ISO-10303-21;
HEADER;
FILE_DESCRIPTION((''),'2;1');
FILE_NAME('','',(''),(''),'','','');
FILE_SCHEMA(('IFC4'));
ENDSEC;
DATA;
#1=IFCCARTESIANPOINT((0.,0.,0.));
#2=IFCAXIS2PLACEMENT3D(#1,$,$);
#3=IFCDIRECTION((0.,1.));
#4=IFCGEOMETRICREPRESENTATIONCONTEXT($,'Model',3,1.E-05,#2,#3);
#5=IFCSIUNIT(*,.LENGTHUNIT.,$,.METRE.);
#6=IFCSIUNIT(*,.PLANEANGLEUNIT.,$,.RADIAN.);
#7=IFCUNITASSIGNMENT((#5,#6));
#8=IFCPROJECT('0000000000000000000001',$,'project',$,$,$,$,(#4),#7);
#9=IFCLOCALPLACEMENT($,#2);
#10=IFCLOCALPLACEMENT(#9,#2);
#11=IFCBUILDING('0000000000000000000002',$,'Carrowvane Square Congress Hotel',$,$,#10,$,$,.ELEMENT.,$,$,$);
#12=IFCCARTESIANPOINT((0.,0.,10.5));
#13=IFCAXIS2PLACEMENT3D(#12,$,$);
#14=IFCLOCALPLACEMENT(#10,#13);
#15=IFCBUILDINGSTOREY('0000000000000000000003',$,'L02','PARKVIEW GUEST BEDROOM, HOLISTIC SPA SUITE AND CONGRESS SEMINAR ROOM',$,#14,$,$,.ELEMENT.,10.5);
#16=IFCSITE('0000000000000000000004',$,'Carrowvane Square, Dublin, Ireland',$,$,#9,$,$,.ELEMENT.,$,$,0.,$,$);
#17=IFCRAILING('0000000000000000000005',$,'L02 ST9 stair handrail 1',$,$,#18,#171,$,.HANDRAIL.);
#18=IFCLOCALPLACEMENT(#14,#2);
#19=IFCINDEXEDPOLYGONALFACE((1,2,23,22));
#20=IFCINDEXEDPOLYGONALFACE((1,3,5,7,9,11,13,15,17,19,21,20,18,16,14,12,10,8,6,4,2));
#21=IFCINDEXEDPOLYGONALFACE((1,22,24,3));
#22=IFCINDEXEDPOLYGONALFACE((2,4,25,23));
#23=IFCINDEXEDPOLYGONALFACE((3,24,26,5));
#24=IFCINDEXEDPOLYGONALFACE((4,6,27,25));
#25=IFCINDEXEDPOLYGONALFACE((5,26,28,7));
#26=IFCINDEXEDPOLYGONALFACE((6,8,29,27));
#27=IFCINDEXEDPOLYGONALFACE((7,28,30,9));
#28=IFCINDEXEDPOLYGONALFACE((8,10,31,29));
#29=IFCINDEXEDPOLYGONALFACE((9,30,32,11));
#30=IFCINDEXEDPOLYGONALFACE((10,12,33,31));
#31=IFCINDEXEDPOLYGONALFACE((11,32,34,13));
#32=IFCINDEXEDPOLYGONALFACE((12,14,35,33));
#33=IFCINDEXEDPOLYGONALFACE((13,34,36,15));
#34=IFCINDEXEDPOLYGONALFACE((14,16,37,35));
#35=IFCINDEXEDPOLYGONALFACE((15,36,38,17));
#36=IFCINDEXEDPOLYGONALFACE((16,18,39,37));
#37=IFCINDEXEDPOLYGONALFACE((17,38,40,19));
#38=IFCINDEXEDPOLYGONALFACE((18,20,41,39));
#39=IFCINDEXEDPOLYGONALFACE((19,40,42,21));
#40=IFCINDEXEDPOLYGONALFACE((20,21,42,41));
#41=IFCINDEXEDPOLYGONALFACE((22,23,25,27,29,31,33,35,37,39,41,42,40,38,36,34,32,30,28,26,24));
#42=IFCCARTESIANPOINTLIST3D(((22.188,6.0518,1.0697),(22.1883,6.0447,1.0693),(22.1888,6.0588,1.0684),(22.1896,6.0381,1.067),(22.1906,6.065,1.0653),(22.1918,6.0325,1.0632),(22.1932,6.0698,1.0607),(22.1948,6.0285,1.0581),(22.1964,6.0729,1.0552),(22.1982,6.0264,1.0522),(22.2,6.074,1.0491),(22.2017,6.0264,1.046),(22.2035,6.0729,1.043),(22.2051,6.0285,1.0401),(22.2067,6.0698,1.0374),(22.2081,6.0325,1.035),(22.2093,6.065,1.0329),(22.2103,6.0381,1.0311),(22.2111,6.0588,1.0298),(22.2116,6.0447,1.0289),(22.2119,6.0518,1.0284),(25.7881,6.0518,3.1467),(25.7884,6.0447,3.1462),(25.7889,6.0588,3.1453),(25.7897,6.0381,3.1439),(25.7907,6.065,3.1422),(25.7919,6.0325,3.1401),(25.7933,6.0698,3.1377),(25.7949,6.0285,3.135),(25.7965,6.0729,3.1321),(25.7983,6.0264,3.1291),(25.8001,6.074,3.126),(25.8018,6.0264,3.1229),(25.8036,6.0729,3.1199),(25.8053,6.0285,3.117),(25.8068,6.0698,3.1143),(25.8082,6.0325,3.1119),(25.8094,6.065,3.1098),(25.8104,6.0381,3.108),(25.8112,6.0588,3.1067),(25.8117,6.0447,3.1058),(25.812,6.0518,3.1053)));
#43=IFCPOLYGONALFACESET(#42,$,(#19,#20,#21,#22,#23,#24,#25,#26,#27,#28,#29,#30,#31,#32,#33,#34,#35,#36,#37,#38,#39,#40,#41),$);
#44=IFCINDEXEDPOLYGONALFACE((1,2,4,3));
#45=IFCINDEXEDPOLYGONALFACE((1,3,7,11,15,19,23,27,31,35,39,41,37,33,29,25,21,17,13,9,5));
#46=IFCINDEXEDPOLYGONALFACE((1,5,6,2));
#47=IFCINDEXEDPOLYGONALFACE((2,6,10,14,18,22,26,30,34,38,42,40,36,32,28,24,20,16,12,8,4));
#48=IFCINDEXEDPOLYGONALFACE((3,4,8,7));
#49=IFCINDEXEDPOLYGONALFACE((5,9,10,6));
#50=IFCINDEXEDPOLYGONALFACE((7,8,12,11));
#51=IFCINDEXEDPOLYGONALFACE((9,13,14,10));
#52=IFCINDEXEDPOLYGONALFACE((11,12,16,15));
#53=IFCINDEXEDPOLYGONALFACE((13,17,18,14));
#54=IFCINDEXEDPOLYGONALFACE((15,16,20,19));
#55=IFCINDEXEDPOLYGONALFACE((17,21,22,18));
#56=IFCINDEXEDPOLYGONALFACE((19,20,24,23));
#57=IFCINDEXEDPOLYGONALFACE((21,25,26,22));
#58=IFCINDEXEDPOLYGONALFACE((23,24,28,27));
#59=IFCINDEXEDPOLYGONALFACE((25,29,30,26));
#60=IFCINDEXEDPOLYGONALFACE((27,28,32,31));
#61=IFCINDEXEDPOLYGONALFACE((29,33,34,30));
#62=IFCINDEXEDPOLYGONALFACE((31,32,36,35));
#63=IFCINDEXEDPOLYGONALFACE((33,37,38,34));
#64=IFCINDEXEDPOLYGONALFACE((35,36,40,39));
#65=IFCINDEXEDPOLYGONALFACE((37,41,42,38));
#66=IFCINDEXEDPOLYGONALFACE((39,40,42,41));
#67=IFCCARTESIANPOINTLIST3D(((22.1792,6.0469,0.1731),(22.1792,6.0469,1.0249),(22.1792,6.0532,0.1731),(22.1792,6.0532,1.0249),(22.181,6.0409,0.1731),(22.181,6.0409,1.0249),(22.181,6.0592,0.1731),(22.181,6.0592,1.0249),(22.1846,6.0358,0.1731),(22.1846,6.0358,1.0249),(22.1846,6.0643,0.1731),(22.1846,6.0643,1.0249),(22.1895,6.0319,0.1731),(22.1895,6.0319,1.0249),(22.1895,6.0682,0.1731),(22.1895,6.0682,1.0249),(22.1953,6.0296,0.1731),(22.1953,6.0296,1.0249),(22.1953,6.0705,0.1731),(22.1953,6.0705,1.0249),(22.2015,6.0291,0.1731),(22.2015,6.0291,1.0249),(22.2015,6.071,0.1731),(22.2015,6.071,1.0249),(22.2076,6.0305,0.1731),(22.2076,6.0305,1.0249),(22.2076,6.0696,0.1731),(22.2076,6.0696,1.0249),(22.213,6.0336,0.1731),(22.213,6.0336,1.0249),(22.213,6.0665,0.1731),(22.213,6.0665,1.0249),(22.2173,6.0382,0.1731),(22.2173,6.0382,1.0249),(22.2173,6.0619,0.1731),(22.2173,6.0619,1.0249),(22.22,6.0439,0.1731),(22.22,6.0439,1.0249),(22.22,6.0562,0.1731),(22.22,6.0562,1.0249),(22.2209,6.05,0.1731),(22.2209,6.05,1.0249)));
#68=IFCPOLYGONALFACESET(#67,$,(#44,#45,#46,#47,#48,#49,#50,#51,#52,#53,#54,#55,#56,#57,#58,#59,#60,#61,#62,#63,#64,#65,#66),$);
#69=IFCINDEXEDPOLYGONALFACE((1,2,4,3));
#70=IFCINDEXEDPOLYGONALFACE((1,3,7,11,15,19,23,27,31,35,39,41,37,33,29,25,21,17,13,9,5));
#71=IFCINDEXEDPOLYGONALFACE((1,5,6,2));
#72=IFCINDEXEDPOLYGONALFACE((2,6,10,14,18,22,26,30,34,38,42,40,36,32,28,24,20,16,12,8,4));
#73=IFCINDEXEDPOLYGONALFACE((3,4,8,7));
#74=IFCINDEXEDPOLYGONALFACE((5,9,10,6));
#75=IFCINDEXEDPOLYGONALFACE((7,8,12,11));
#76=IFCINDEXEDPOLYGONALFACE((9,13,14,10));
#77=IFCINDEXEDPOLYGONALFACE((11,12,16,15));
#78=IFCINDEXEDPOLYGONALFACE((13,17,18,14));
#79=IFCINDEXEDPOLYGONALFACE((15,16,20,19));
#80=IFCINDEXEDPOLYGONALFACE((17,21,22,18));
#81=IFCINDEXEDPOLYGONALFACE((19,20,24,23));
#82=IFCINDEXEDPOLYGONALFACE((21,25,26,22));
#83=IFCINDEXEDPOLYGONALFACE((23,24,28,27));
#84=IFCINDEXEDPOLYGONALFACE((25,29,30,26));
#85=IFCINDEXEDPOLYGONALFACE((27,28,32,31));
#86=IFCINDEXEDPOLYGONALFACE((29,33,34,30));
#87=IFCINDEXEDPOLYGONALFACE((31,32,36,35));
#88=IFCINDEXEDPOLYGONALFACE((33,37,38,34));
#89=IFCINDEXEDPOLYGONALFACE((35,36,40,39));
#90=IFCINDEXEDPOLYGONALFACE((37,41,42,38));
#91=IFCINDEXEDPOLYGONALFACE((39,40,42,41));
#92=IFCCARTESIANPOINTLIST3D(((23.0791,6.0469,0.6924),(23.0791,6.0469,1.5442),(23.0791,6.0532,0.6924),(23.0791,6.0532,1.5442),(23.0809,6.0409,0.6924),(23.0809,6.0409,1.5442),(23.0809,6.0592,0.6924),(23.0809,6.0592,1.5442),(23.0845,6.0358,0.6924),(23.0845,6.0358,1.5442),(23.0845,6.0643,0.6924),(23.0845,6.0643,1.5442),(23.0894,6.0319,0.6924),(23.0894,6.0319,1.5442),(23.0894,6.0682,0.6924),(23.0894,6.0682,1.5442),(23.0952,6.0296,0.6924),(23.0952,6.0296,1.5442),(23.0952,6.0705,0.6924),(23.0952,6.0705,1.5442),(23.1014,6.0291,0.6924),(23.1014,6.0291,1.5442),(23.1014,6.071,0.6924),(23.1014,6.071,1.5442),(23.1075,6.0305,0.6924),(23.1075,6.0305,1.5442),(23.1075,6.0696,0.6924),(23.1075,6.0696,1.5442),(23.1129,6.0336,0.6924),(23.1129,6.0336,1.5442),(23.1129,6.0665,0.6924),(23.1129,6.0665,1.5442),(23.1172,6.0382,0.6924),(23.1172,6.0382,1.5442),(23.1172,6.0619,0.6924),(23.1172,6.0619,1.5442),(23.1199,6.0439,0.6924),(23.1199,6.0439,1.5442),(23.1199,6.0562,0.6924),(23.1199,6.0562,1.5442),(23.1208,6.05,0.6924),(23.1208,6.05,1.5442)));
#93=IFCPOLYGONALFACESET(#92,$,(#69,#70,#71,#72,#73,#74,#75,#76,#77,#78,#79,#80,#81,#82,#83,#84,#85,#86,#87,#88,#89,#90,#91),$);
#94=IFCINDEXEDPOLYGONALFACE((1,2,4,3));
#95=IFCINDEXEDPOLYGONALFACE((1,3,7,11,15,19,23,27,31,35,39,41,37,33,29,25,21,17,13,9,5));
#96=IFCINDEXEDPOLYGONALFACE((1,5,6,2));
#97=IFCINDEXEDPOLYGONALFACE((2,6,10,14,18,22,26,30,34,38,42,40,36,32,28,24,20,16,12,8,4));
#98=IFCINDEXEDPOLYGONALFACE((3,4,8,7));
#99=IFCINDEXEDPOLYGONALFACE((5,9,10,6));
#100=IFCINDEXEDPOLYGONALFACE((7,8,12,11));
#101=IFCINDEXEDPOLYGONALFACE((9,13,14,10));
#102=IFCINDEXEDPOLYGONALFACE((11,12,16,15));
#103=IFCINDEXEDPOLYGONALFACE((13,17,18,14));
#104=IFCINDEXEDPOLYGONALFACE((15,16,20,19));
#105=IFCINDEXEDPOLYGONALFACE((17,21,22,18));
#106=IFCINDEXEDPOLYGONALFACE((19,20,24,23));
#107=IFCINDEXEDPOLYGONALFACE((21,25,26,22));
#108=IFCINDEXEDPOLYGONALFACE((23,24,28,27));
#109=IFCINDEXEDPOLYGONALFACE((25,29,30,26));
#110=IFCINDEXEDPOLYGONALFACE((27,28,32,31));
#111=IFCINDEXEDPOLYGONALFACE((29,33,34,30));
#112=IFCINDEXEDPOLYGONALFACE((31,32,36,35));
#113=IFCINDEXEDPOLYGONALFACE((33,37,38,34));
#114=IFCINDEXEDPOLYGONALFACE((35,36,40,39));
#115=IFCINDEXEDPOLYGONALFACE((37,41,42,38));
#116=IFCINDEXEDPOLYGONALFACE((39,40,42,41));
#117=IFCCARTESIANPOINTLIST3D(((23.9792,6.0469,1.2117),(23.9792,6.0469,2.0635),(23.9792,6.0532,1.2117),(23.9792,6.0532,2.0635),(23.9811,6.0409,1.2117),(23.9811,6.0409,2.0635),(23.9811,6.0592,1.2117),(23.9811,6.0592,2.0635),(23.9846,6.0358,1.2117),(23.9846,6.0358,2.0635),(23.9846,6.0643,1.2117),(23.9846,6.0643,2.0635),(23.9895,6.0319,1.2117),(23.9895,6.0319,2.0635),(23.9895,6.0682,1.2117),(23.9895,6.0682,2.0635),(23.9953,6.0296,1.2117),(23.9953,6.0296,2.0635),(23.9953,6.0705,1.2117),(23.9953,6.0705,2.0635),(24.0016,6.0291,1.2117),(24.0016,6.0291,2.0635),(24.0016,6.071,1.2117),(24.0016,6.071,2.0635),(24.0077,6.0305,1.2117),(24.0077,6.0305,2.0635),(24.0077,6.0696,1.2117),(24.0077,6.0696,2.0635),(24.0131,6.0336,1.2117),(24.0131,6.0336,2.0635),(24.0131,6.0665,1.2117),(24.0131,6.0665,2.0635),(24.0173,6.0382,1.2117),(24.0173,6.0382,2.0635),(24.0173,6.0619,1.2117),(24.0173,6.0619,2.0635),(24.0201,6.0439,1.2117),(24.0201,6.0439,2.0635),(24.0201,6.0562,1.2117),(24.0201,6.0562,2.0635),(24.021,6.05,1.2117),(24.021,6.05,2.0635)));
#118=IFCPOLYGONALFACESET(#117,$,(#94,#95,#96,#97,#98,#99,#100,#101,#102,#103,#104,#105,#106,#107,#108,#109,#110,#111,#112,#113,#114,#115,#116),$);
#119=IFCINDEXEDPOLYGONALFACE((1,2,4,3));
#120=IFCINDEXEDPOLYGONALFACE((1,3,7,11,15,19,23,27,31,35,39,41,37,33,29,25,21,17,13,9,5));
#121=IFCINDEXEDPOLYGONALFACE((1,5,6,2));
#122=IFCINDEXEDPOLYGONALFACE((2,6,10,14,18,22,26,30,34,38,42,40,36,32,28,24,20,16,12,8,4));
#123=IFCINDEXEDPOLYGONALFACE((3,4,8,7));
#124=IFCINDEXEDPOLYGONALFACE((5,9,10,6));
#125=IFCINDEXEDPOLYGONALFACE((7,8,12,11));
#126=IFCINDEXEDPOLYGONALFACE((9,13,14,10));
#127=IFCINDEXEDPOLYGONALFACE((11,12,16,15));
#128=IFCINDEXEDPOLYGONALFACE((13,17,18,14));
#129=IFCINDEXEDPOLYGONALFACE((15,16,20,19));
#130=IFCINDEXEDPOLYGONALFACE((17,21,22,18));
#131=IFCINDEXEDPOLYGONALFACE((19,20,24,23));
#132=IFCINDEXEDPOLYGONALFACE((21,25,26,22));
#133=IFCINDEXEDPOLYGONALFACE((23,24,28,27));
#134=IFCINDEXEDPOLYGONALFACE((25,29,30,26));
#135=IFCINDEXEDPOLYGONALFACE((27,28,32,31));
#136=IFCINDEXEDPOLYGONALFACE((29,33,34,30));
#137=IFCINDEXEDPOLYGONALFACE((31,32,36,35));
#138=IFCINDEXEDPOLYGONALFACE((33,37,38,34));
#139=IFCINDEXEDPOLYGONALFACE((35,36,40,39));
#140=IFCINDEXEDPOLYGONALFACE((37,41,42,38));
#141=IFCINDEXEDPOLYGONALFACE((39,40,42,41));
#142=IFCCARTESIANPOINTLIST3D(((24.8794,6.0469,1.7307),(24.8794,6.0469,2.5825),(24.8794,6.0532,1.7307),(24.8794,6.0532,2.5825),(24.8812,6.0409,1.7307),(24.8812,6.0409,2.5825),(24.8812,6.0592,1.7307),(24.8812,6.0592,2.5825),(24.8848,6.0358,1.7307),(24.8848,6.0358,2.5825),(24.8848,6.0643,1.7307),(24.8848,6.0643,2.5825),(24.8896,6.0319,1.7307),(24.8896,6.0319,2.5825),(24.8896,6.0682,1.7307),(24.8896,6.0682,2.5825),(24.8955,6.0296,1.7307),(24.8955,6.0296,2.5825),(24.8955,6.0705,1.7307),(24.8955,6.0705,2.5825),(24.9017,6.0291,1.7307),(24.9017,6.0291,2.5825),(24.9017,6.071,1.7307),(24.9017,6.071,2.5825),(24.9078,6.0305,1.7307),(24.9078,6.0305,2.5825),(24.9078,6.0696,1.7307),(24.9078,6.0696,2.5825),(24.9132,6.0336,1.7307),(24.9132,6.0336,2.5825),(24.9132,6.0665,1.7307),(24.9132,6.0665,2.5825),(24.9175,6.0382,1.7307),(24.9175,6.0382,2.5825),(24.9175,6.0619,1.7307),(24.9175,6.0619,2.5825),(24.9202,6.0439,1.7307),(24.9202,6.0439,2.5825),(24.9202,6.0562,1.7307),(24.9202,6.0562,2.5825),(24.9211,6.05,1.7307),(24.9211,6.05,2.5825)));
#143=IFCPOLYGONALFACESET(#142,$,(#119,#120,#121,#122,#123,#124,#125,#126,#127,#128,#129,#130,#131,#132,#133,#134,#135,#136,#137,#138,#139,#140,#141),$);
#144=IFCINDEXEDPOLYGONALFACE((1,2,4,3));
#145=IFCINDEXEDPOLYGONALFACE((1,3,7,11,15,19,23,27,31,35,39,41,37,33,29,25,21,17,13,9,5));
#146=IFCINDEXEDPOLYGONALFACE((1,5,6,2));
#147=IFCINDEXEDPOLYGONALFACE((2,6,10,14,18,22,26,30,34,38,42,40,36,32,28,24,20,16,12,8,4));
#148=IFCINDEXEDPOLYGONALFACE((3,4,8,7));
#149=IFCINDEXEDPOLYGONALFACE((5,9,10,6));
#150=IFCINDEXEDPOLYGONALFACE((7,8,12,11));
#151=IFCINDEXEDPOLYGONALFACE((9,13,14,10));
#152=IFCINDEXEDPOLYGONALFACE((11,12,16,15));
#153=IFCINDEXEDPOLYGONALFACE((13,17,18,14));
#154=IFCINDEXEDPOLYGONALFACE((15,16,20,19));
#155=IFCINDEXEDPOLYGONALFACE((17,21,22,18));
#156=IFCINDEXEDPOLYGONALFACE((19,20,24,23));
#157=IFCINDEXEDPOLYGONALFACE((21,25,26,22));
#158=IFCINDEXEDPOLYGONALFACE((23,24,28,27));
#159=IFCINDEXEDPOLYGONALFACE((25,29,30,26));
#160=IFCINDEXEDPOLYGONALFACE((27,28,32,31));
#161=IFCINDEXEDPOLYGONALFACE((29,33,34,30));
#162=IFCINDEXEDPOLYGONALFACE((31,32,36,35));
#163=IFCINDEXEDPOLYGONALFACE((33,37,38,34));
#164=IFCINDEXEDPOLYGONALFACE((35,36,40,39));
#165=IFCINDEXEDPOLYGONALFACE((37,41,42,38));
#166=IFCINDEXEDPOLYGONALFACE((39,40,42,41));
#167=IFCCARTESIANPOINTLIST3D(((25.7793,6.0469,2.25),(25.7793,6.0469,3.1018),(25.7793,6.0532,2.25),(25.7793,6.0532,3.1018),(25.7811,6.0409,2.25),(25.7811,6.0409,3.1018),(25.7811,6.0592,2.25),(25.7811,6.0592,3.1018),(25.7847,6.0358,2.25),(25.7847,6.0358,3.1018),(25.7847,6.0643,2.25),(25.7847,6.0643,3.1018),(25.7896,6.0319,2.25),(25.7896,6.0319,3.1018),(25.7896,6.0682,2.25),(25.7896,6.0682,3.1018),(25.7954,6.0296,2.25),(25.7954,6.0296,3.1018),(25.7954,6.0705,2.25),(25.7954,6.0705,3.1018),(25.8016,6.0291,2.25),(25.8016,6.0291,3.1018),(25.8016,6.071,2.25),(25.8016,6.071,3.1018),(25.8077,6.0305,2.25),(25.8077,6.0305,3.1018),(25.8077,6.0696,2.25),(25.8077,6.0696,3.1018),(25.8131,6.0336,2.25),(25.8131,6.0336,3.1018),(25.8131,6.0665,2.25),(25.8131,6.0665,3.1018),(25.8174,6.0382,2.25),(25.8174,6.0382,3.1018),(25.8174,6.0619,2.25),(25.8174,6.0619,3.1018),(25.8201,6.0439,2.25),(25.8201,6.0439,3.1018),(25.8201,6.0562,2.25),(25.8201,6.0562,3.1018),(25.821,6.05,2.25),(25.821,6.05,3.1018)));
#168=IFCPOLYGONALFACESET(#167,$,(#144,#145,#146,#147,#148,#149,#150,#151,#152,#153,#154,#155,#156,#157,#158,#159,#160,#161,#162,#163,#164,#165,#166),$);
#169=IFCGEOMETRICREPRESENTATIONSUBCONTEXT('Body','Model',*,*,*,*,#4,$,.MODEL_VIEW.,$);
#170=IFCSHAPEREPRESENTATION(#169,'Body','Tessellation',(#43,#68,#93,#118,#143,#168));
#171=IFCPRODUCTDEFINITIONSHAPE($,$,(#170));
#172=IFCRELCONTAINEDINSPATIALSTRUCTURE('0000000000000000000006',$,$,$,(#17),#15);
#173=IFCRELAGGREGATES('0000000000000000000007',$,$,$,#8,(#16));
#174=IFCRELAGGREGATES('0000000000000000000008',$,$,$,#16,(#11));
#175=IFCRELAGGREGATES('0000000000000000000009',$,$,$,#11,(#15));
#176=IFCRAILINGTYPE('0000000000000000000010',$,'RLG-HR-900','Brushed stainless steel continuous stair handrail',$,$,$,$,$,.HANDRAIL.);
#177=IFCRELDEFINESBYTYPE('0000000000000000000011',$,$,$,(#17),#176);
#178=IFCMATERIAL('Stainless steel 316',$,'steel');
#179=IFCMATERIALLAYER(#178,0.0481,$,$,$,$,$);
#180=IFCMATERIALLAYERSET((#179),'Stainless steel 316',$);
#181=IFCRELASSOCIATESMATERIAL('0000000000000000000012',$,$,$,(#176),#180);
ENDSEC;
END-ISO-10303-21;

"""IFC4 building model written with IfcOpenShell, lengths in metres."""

from ifc_helpers import new_model, si_unit, direction, frame, origin, origin_2d, place, context, subcontext, project, spatial, circle, extrude, material, layer, layer_set, type_object, element, save


model = new_model("IFC4")

# Units and contexts
model_context = context("Model", 3, precision=1e-05, world=origin(), true_north=direction((0.0, 1.0)))
body_context = subcontext(model_context, "Body", "Model", "MODEL_VIEW")
ifc_project = project(units=[si_unit("LENGTHUNIT", "METRE"), si_unit("PLANEANGLEUNIT", "RADIAN")], contexts=[model_context])

# Site, building, storey
site_placement = place(None, origin())
site = spatial("IfcSite", under=ifc_project, at=site_placement, Name="Carrowvane Square, Dublin, Ireland", CompositionType="ELEMENT", RefElevation=0.0)
building_placement = place(site_placement, origin())
building = spatial("IfcBuilding", under=site, at=building_placement, Name="Carrowvane Square Congress Hotel", CompositionType="ELEMENT")
storey_placement = place(building_placement, frame((0.0, 0.0, 10.5)))
storey = spatial("IfcBuildingStorey", under=building, at=storey_placement, Name="L02", Description="PARKVIEW GUEST BEDROOM, HOLISTIC SPA SUITE AND CONGRESS SEMINAR ROOM", CompositionType="ELEMENT", Elevation=10.5)

# Railing
ifc_material_1 = material(Name="Stainless steel 316", Category="steel")
ifc_layer_1 = layer(ifc_material_1, 0.0481)
ifc_layer_set_1 = layer_set([ifc_layer_1], Name="Stainless steel 316")
railing_type_1 = type_object("IfcRailingType", Name="RLG-HR-900", Description="Brushed stainless steel continuous stair handrail", PredefinedType="HANDRAIL", material=ifc_layer_set_1)
railing_1_placement = place(storey_placement, frame((22.2, 6.05, 0.1731)))
element("IfcRailing", 1, at=railing_1_placement, inside=storey, type_object=railing_type_1, Name="L02 ST9 stair handrail 1", PredefinedType="HANDRAIL", context=body_context, shape_type="SweptSolid", body=[
    extrude(circle(Radius=0.0239, at=origin_2d()), frame((0.0, 0.0, 0.876), z_axis=(0.866193, 0.0, 0.499709), x_axis=(0.0, 1.0, 0.0)), (0.0, 0.0, 1.0), 4.1562),
    extrude(circle(Radius=0.021, at=origin_2d()), origin(), (0.0, 0.0, 1.0), 0.8518),
    extrude(circle(Radius=0.021, at=origin_2d()), frame((0.8999, 0.0, 0.5193)), (0.0, 0.0, 1.0), 0.8518),
    extrude(circle(Radius=0.021, at=origin_2d()), frame((1.8, 0.0, 1.0386)), (0.0, 0.0, 1.0), 0.8518),
    extrude(circle(Radius=0.021, at=origin_2d()), frame((2.7002, 0.0, 1.5576)), (0.0, 0.0, 1.0), 0.8518),
    extrude(circle(Radius=0.021, at=origin_2d()), frame((3.6001, 0.0, 2.0769)), (0.0, 0.0, 1.0), 0.8518),
])

save(model, "model.ifc")
